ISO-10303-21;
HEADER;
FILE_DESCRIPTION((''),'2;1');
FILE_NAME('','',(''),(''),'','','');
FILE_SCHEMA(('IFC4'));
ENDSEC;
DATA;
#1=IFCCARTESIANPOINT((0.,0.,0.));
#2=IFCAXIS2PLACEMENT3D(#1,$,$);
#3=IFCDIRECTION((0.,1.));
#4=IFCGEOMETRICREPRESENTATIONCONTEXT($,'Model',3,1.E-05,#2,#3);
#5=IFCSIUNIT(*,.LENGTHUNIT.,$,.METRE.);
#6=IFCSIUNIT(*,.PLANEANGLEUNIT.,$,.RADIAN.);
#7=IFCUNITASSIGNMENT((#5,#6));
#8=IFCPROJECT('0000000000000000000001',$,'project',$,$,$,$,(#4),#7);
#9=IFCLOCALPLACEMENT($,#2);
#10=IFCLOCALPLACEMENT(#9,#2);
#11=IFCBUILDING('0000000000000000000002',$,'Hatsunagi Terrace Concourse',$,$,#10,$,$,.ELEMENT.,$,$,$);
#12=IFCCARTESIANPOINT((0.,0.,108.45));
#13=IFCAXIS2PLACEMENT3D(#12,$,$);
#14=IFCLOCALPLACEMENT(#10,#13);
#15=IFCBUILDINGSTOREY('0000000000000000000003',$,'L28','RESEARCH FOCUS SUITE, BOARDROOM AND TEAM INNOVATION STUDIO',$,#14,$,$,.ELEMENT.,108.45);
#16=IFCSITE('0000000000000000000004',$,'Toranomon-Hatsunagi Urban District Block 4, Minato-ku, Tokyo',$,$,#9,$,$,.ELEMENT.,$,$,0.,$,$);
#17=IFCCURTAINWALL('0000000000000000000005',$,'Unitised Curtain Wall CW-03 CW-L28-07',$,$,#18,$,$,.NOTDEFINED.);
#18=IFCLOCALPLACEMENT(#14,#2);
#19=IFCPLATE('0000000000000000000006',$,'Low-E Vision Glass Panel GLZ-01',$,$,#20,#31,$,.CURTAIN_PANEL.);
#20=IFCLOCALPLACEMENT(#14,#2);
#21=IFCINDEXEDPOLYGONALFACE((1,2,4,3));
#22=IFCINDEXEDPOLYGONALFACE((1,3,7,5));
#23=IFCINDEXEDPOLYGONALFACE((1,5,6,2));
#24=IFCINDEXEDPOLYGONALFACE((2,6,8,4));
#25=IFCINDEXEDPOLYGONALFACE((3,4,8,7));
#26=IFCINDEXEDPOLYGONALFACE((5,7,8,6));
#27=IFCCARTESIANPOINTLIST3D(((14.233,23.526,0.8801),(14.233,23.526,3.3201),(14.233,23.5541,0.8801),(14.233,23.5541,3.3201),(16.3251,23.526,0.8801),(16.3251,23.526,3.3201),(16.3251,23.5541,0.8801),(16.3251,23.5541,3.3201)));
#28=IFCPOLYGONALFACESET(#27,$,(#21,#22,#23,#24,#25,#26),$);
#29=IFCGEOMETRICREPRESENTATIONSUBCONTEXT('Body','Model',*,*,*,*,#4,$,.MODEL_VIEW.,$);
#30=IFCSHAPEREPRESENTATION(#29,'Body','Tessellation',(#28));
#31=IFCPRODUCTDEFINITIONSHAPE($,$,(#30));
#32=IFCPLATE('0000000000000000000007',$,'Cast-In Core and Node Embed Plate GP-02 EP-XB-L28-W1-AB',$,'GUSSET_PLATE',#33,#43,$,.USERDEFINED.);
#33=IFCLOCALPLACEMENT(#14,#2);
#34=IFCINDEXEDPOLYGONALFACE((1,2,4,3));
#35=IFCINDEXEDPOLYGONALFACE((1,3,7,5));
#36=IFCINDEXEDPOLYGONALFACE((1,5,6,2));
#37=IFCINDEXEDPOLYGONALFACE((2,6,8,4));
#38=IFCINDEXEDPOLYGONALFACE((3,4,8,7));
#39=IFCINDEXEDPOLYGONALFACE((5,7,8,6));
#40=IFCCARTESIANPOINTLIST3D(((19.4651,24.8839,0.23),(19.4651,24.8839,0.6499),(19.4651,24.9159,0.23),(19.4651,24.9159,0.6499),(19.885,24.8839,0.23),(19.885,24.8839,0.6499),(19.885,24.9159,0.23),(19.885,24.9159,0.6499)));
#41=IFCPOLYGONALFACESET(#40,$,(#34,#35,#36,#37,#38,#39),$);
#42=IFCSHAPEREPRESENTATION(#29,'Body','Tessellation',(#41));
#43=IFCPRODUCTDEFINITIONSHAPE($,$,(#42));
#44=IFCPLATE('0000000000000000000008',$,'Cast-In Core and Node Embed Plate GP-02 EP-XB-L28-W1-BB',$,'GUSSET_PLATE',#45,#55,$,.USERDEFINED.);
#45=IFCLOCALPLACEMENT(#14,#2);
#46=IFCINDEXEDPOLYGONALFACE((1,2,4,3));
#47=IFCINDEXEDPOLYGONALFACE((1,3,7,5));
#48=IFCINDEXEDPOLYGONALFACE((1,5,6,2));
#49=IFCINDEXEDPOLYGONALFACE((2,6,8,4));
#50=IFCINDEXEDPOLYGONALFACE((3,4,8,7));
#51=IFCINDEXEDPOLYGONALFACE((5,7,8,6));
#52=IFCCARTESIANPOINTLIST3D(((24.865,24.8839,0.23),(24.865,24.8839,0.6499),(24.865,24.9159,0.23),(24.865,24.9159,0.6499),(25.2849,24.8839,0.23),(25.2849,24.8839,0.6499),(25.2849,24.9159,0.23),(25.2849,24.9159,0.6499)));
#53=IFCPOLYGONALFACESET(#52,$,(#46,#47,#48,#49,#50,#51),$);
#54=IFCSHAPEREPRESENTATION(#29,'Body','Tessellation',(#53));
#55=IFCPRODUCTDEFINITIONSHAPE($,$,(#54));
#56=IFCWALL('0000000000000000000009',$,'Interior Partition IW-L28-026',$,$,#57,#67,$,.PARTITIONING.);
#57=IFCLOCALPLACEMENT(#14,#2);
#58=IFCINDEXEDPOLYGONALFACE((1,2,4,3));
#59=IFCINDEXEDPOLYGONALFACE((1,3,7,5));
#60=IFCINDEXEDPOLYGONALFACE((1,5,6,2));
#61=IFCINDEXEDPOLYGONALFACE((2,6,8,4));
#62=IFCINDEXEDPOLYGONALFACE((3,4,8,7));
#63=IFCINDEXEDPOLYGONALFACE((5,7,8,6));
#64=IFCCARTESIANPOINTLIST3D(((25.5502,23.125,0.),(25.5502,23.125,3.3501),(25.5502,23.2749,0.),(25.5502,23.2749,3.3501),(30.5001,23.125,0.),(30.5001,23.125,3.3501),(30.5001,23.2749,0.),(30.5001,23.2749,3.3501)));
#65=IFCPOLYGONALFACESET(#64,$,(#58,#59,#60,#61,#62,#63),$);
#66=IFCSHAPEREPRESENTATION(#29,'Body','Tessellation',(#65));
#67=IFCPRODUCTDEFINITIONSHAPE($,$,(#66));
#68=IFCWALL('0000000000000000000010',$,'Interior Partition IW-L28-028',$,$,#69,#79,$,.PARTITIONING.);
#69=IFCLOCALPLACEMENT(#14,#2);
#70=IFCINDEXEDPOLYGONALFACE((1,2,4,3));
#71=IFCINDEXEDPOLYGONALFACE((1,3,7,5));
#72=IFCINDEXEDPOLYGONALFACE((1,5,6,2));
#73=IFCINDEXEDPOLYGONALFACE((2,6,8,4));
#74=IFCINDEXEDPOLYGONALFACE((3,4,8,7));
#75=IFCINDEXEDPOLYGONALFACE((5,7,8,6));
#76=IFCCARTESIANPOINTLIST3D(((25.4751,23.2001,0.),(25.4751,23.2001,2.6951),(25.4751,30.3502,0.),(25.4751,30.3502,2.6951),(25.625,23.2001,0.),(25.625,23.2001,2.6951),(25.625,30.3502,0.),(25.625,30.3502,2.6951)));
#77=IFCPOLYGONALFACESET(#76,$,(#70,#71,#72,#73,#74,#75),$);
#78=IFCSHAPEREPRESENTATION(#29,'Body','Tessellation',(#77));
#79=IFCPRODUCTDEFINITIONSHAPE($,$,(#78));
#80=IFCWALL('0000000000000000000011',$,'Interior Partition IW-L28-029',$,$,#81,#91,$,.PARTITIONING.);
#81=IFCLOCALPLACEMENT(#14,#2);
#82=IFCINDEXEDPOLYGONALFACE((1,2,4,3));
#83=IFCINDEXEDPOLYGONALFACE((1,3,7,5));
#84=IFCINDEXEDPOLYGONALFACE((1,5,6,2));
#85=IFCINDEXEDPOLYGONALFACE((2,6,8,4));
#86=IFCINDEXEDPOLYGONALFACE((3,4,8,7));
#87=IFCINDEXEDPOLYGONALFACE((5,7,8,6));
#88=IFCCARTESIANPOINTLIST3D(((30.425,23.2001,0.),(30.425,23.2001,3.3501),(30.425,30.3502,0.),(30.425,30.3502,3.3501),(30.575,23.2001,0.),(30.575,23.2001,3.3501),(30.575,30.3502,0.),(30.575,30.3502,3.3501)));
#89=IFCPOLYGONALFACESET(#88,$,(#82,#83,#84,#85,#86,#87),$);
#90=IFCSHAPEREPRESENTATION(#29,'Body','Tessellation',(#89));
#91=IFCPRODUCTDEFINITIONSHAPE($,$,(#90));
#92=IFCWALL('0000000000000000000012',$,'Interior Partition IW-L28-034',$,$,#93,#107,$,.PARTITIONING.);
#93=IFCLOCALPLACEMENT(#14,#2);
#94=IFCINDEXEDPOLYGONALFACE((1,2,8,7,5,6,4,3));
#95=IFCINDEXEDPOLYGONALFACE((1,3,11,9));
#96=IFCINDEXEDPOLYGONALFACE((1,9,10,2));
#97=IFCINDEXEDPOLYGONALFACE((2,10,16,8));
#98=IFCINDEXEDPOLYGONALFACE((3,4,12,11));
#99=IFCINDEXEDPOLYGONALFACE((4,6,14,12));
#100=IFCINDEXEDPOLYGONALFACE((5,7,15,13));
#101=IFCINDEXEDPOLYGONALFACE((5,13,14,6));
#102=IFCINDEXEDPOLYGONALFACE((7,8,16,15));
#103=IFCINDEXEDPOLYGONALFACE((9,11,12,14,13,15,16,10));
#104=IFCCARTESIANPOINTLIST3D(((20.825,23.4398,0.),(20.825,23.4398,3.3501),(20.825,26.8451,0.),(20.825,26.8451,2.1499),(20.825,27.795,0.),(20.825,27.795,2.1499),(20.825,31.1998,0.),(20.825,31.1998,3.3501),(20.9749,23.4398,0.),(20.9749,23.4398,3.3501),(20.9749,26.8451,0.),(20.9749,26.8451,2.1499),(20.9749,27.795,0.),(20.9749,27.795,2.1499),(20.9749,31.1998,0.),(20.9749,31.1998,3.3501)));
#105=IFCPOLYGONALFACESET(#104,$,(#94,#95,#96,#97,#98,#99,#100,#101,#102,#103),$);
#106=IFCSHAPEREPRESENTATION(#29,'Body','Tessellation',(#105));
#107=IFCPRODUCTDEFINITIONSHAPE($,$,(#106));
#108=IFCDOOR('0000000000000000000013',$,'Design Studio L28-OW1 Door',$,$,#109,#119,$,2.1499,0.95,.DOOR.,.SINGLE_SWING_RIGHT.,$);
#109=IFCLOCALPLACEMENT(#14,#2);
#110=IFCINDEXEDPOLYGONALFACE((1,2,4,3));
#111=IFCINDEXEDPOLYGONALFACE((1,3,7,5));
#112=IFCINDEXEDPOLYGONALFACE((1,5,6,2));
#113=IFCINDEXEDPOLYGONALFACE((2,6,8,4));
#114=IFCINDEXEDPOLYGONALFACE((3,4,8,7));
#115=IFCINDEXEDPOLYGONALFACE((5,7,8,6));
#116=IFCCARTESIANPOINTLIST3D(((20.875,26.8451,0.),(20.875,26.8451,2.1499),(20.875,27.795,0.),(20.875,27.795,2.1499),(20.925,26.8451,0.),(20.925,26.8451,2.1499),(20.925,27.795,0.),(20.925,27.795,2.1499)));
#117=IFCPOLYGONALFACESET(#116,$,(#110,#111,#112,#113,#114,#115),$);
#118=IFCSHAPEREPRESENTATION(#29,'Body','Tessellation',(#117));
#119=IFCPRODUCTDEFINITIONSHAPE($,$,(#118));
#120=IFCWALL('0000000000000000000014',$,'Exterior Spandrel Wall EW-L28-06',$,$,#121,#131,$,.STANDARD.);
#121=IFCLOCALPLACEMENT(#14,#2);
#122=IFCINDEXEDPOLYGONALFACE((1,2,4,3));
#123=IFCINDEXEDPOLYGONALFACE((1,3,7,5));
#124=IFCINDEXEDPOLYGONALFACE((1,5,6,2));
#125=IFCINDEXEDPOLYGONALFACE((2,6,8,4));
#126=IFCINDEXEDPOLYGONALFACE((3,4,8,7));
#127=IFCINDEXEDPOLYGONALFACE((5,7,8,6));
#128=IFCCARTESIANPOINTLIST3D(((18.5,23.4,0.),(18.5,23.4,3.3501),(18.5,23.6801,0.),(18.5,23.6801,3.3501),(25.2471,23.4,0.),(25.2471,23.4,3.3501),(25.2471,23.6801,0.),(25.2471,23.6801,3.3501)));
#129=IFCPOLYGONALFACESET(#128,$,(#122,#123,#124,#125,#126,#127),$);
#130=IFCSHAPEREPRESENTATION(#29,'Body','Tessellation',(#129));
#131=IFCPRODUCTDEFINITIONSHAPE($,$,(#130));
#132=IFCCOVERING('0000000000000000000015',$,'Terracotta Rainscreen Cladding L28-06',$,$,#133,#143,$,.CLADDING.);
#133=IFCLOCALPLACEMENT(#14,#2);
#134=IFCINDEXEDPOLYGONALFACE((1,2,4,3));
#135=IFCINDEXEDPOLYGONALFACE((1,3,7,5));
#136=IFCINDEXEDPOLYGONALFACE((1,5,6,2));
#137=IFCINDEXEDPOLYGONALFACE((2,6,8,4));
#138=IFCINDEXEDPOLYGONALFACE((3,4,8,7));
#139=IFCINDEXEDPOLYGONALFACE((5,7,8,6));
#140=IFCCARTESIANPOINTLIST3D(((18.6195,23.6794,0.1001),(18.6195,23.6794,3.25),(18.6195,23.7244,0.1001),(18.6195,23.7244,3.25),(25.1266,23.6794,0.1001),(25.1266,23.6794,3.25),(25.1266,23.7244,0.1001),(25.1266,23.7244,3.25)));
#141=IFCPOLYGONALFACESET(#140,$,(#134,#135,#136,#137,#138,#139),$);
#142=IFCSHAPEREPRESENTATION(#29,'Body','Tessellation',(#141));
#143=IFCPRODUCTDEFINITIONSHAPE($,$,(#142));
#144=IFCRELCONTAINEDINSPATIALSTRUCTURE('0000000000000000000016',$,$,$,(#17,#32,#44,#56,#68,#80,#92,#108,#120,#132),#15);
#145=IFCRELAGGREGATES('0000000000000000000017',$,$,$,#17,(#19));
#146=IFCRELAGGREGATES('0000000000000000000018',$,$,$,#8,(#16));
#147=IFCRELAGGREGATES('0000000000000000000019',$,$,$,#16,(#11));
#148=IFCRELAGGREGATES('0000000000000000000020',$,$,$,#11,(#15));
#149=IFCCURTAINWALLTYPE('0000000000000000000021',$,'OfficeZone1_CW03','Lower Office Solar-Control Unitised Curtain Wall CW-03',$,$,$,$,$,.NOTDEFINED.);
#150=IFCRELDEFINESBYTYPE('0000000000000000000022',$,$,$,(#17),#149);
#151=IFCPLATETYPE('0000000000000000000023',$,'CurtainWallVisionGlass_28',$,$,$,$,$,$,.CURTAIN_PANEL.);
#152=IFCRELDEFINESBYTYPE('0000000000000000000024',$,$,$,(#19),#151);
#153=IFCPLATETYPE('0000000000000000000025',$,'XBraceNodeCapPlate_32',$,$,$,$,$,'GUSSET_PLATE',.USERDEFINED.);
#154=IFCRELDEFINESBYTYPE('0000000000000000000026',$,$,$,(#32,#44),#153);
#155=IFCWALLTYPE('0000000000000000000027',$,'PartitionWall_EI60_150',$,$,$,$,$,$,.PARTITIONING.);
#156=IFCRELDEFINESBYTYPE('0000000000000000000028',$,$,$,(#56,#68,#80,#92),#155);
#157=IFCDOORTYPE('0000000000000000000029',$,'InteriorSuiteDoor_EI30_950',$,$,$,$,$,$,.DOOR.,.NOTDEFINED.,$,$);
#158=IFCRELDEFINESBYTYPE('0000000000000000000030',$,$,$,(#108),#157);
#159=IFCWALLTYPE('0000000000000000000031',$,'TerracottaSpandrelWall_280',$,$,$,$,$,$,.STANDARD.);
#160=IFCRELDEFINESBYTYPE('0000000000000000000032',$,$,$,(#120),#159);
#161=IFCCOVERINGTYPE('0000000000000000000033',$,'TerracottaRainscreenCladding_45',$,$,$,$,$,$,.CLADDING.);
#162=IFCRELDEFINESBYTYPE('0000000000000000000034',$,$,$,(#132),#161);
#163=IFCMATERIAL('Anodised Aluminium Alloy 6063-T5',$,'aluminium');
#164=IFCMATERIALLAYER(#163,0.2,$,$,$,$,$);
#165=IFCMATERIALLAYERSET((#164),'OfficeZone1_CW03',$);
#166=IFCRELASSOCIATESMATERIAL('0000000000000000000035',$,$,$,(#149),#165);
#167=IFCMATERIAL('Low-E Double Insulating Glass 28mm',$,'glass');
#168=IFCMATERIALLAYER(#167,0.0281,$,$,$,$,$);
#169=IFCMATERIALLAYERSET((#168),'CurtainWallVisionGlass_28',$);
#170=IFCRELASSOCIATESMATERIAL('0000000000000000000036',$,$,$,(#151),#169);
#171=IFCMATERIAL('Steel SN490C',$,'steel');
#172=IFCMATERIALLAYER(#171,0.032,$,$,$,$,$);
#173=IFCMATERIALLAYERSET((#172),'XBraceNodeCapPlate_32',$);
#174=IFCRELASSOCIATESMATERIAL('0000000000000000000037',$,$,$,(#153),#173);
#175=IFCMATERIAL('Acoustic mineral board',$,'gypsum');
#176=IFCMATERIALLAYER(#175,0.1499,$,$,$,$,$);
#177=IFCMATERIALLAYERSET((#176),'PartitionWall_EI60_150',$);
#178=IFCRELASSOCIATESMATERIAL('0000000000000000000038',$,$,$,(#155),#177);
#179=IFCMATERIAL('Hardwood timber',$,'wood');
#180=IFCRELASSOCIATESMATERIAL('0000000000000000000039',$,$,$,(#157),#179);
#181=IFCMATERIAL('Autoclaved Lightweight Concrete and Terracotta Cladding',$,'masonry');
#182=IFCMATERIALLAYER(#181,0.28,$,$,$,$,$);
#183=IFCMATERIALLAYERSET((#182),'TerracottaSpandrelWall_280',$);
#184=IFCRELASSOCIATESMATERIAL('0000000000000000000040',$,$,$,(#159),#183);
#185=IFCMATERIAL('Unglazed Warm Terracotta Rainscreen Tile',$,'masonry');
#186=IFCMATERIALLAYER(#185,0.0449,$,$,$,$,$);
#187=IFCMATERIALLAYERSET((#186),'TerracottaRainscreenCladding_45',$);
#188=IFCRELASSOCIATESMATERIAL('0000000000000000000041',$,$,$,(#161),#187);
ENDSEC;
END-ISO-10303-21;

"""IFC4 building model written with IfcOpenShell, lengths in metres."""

from ifc_helpers import new_model, si_unit, direction, frame, frame_2d, origin, origin_2d, place, context, subcontext, project, spatial, rectangle, extrude, material, layer, layer_set, type_object, element, fill, aggregate, save


model = new_model("IFC4")

# Units and contexts
model_context = context("Model", 3, precision=1e-05, world=origin(), true_north=direction((0.0, 1.0)))
body_context = subcontext(model_context, "Body", "Model", "MODEL_VIEW")
ifc_project = project(units=[si_unit("LENGTHUNIT", "METRE"), si_unit("PLANEANGLEUNIT", "RADIAN")], contexts=[model_context])

# Site, building, storey
site_placement = place(None, origin())
site = spatial("IfcSite", under=ifc_project, at=site_placement, Name="Toranomon-Hatsunagi Urban District Block 4, Minato-ku, Tokyo", CompositionType="ELEMENT", RefElevation=0.0)
building_placement = place(site_placement, origin())
building = spatial("IfcBuilding", under=site, at=building_placement, Name="Hatsunagi Terrace Concourse", CompositionType="ELEMENT")
storey_placement = place(building_placement, frame((0.0, 0.0, 108.45)))
storey = spatial("IfcBuildingStorey", under=building, at=storey_placement, Name="L28", Description="RESEARCH FOCUS SUITE, BOARDROOM AND TEAM INNOVATION STUDIO", CompositionType="ELEMENT", Elevation=108.45)

# Curtain wall
ifc_material_1 = material(Name="Anodised Aluminium Alloy 6063-T5", Category="aluminium")
ifc_layer_1 = layer(ifc_material_1, 0.2)
ifc_layer_set_1 = layer_set([ifc_layer_1], Name="OfficeZone1_CW03")
curtain_wall_type = type_object("IfcCurtainWallType", Name="OfficeZone1_CW03", Description="Lower Office Solar-Control Unitised Curtain Wall CW-03", PredefinedType="NOTDEFINED", material=ifc_layer_set_1)
curtain_wall_placement = place(storey_placement, origin())
curtain_wall = element("IfcCurtainWall", 1, at=curtain_wall_placement, inside=storey, type_object=curtain_wall_type, Name="Unitised Curtain Wall CW-03 CW-L28-07", PredefinedType="NOTDEFINED")

# Plate
ifc_material_2 = material(Name="Low-E Double Insulating Glass 28mm", Category="glass")
ifc_layer_2 = layer(ifc_material_2, 0.0281)
ifc_layer_set_2 = layer_set([ifc_layer_2], Name="CurtainWallVisionGlass_28")
plate_type_1 = type_object("IfcPlateType", Name="CurtainWallVisionGlass_28", PredefinedType="CURTAIN_PANEL", material=ifc_layer_set_2)
plate_1_placement = place(storey_placement, frame((15.2791, 23.54, 0.8801), z_axis=(0.0, 0.0, 1.0), x_axis=(-1.0, 0.0, 0.0)))
plate_1 = element("IfcPlate", 2, at=plate_1_placement, type_object=plate_type_1, Name="Low-E Vision Glass Panel GLZ-01", PredefinedType="CURTAIN_PANEL", context=body_context, shape_type="SweptSolid", body=[
    extrude(rectangle(XDim=2.092, YDim=0.0281, at=origin_2d()), origin(), (0.0, 0.0, 1.0), 2.4399),
])
aggregate(curtain_wall, [plate_1])

# Plates
ifc_material_3 = material(Name="Steel SN490C", Category="steel")
ifc_layer_3 = layer(ifc_material_3, 0.032)
ifc_layer_set_3 = layer_set([ifc_layer_3], Name="XBraceNodeCapPlate_32")
plate_type_2 = type_object("IfcPlateType", Name="XBraceNodeCapPlate_32", ElementType="GUSSET_PLATE", PredefinedType="USERDEFINED", material=ifc_layer_set_3)
for number, where, z_axis, x_axis, name in (
    (3, (19.675, 24.8999, 0.23), (0.0, 0.0, 1.0), (1.0, 0.0, 0.0), "Cast-In Core and Node Embed Plate GP-02 EP-XB-L28-W1-AB"),
    (4, (25.075, 24.8999, 0.23), (0.0, 0.0, 1.0), (1.0, 0.0, 0.0), "Cast-In Core and Node Embed Plate GP-02 EP-XB-L28-W1-BB"),
):
    element("IfcPlate", number, at=place(storey_placement, frame(where, z_axis=z_axis, x_axis=x_axis)), inside=storey, type_object=plate_type_2, Name=name, ObjectType="GUSSET_PLATE", PredefinedType="USERDEFINED", context=body_context, shape_type="SweptSolid", body=[
        extrude(rectangle(XDim=0.4199, YDim=0.032, at=origin_2d()), origin(), (0.0, 0.0, 1.0), 0.4199),
    ])

# Walls
ifc_material_4 = material(Name="Acoustic mineral board", Category="gypsum")
ifc_layer_4 = layer(ifc_material_4, 0.1499)
ifc_layer_set_4 = layer_set([ifc_layer_4], Name="PartitionWall_EI60_150")
wall_type_1 = type_object("IfcWallType", Name="PartitionWall_EI60_150", PredefinedType="PARTITIONING", material=ifc_layer_set_4)
wall_1_placement = place(storey_placement, frame((25.55, 23.2, 0.0), z_axis=(0.0, 0.0, 1.0), x_axis=(1.0, 0.0, 0.0)))
element("IfcWall", 5, at=wall_1_placement, inside=storey, type_object=wall_type_1, Name="Interior Partition IW-L28-026", PredefinedType="PARTITIONING", context=body_context, shape_type="SweptSolid", body=[
    extrude(rectangle(XDim=4.95, YDim=0.1499, at=frame_2d((2.4751, 0.0))), origin(), (0.0, 0.0, 1.0), 3.3501),
])
wall_2_placement = place(storey_placement, frame((25.55, 23.2, 0.0), z_axis=(0.0, 0.0, 1.0), x_axis=(0.0, 1.0, 0.0)))
element("IfcWall", 6, at=wall_2_placement, inside=storey, type_object=wall_type_1, Name="Interior Partition IW-L28-028", PredefinedType="PARTITIONING", context=body_context, shape_type="SweptSolid", body=[
    extrude(rectangle(XDim=7.1501, YDim=0.1499, at=frame_2d((3.5752, 0.0))), origin(), (0.0, 0.0, 1.0), 2.6951),
])
wall_3_placement = place(storey_placement, frame((30.5, 23.2, 0.0), z_axis=(0.0, 0.0, 1.0), x_axis=(0.0, 1.0, 0.0)))
element("IfcWall", 7, at=wall_3_placement, inside=storey, type_object=wall_type_1, Name="Interior Partition IW-L28-029", PredefinedType="PARTITIONING", context=body_context, shape_type="SweptSolid", body=[
    extrude(rectangle(XDim=7.1501, YDim=0.1499, at=frame_2d((3.5752, 0.0))), origin(), (0.0, 0.0, 1.0), 3.3501),
])

# Wall, opening, door
wall_4_placement = place(storey_placement, frame((20.8999, 23.4399, 0.0), z_axis=(0.0, 0.0, 1.0), x_axis=(0.0, 1.0, 0.0)))
wall_4 = element("IfcWall", 8, at=wall_4_placement, inside=storey, type_object=wall_type_1, Name="Interior Partition IW-L28-034", PredefinedType="PARTITIONING", context=body_context, shape_type="SweptSolid", body=[
    extrude(rectangle(XDim=7.76, YDim=0.1499, at=frame_2d((3.8799, 0.0))), origin(), (0.0, 0.0, 1.0), 3.3501),
])
opening_placement = place(wall_4_placement, frame((3.405, 0.0, 0.0)))
opening = element("IfcOpeningElement", 9, at=opening_placement, cuts=wall_4, PredefinedType="OPENING", context=body_context, shape_type="SweptSolid", body=[
    extrude(rectangle(XDim=0.95, YDim=2.1499, at=frame_2d((0.4751, 1.075))), frame((0.0, 0.085, 0.0), z_axis=(0.0, -1.0, 0.0), x_axis=(1.0, 0.0, 0.0)), (0.0, 0.0, 1.0), 0.1699),
])
ifc_material_5 = material(Name="Hardwood timber", Category="wood")
door_type = type_object("IfcDoorType", Name="InteriorSuiteDoor_EI30_950", OperationType="NOTDEFINED", PredefinedType="DOOR", material=ifc_material_5)
door_placement = place(opening_placement, origin())
door = element("IfcDoor", 10, at=door_placement, inside=storey, type_object=door_type, Name="Design Studio L28-OW1 Door", OperationType="SINGLE_SWING_RIGHT", OverallHeight=2.1499, OverallWidth=0.95, PredefinedType="DOOR", context=body_context, shape_type="SweptSolid", body=[
    extrude(rectangle(XDim=0.95, YDim=2.1499, at=frame_2d((0.4751, 1.075))), frame((0.0, 0.0249, 0.0), z_axis=(0.0, -1.0, 0.0), x_axis=(1.0, 0.0, 0.0)), (0.0, 0.0, 1.0), 0.05),
])
fill(opening, door)

# Wall
ifc_material_6 = material(Name="Autoclaved Lightweight Concrete and Terracotta Cladding", Category="masonry")
ifc_layer_5 = layer(ifc_material_6, 0.28)
ifc_layer_set_5 = layer_set([ifc_layer_5], Name="TerracottaSpandrelWall_280")
wall_type_2 = type_object("IfcWallType", Name="TerracottaSpandrelWall_280", PredefinedType="STANDARD", material=ifc_layer_set_5)
wall_5_placement = place(storey_placement, frame((25.2471, 23.54, 0.0), z_axis=(0.0, 0.0, 1.0), x_axis=(-1.0, 0.0, 0.0)))
element("IfcWall", 11, at=wall_5_placement, inside=storey, type_object=wall_type_2, Name="Exterior Spandrel Wall EW-L28-06", PredefinedType="STANDARD", context=body_context, shape_type="SweptSolid", body=[
    extrude(rectangle(XDim=6.7471, YDim=0.28, at=frame_2d((3.3735, 0.0))), origin(), (0.0, 0.0, 1.0), 3.3501),
])

# Covering
ifc_material_7 = material(Name="Unglazed Warm Terracotta Rainscreen Tile", Category="masonry")
ifc_layer_6 = layer(ifc_material_7, 0.0449)
ifc_layer_set_6 = layer_set([ifc_layer_6], Name="TerracottaRainscreenCladding_45")
covering_type = type_object("IfcCoveringType", Name="TerracottaRainscreenCladding_45", PredefinedType="CLADDING", material=ifc_layer_set_6)
covering_placement = place(storey_placement, frame((21.873, 23.7019, 0.1001), z_axis=(0.0, 0.0, 1.0), x_axis=(-1.0, 0.0, 0.0)))
element("IfcCovering", 12, at=covering_placement, inside=storey, type_object=covering_type, Name="Terracotta Rainscreen Cladding L28-06", PredefinedType="CLADDING", context=body_context, shape_type="SweptSolid", body=[
    extrude(rectangle(XDim=6.5071, YDim=0.0449, at=origin_2d()), origin(), (0.0, 0.0, 1.0), 3.1499),
])

save(model, "model.ifc")
